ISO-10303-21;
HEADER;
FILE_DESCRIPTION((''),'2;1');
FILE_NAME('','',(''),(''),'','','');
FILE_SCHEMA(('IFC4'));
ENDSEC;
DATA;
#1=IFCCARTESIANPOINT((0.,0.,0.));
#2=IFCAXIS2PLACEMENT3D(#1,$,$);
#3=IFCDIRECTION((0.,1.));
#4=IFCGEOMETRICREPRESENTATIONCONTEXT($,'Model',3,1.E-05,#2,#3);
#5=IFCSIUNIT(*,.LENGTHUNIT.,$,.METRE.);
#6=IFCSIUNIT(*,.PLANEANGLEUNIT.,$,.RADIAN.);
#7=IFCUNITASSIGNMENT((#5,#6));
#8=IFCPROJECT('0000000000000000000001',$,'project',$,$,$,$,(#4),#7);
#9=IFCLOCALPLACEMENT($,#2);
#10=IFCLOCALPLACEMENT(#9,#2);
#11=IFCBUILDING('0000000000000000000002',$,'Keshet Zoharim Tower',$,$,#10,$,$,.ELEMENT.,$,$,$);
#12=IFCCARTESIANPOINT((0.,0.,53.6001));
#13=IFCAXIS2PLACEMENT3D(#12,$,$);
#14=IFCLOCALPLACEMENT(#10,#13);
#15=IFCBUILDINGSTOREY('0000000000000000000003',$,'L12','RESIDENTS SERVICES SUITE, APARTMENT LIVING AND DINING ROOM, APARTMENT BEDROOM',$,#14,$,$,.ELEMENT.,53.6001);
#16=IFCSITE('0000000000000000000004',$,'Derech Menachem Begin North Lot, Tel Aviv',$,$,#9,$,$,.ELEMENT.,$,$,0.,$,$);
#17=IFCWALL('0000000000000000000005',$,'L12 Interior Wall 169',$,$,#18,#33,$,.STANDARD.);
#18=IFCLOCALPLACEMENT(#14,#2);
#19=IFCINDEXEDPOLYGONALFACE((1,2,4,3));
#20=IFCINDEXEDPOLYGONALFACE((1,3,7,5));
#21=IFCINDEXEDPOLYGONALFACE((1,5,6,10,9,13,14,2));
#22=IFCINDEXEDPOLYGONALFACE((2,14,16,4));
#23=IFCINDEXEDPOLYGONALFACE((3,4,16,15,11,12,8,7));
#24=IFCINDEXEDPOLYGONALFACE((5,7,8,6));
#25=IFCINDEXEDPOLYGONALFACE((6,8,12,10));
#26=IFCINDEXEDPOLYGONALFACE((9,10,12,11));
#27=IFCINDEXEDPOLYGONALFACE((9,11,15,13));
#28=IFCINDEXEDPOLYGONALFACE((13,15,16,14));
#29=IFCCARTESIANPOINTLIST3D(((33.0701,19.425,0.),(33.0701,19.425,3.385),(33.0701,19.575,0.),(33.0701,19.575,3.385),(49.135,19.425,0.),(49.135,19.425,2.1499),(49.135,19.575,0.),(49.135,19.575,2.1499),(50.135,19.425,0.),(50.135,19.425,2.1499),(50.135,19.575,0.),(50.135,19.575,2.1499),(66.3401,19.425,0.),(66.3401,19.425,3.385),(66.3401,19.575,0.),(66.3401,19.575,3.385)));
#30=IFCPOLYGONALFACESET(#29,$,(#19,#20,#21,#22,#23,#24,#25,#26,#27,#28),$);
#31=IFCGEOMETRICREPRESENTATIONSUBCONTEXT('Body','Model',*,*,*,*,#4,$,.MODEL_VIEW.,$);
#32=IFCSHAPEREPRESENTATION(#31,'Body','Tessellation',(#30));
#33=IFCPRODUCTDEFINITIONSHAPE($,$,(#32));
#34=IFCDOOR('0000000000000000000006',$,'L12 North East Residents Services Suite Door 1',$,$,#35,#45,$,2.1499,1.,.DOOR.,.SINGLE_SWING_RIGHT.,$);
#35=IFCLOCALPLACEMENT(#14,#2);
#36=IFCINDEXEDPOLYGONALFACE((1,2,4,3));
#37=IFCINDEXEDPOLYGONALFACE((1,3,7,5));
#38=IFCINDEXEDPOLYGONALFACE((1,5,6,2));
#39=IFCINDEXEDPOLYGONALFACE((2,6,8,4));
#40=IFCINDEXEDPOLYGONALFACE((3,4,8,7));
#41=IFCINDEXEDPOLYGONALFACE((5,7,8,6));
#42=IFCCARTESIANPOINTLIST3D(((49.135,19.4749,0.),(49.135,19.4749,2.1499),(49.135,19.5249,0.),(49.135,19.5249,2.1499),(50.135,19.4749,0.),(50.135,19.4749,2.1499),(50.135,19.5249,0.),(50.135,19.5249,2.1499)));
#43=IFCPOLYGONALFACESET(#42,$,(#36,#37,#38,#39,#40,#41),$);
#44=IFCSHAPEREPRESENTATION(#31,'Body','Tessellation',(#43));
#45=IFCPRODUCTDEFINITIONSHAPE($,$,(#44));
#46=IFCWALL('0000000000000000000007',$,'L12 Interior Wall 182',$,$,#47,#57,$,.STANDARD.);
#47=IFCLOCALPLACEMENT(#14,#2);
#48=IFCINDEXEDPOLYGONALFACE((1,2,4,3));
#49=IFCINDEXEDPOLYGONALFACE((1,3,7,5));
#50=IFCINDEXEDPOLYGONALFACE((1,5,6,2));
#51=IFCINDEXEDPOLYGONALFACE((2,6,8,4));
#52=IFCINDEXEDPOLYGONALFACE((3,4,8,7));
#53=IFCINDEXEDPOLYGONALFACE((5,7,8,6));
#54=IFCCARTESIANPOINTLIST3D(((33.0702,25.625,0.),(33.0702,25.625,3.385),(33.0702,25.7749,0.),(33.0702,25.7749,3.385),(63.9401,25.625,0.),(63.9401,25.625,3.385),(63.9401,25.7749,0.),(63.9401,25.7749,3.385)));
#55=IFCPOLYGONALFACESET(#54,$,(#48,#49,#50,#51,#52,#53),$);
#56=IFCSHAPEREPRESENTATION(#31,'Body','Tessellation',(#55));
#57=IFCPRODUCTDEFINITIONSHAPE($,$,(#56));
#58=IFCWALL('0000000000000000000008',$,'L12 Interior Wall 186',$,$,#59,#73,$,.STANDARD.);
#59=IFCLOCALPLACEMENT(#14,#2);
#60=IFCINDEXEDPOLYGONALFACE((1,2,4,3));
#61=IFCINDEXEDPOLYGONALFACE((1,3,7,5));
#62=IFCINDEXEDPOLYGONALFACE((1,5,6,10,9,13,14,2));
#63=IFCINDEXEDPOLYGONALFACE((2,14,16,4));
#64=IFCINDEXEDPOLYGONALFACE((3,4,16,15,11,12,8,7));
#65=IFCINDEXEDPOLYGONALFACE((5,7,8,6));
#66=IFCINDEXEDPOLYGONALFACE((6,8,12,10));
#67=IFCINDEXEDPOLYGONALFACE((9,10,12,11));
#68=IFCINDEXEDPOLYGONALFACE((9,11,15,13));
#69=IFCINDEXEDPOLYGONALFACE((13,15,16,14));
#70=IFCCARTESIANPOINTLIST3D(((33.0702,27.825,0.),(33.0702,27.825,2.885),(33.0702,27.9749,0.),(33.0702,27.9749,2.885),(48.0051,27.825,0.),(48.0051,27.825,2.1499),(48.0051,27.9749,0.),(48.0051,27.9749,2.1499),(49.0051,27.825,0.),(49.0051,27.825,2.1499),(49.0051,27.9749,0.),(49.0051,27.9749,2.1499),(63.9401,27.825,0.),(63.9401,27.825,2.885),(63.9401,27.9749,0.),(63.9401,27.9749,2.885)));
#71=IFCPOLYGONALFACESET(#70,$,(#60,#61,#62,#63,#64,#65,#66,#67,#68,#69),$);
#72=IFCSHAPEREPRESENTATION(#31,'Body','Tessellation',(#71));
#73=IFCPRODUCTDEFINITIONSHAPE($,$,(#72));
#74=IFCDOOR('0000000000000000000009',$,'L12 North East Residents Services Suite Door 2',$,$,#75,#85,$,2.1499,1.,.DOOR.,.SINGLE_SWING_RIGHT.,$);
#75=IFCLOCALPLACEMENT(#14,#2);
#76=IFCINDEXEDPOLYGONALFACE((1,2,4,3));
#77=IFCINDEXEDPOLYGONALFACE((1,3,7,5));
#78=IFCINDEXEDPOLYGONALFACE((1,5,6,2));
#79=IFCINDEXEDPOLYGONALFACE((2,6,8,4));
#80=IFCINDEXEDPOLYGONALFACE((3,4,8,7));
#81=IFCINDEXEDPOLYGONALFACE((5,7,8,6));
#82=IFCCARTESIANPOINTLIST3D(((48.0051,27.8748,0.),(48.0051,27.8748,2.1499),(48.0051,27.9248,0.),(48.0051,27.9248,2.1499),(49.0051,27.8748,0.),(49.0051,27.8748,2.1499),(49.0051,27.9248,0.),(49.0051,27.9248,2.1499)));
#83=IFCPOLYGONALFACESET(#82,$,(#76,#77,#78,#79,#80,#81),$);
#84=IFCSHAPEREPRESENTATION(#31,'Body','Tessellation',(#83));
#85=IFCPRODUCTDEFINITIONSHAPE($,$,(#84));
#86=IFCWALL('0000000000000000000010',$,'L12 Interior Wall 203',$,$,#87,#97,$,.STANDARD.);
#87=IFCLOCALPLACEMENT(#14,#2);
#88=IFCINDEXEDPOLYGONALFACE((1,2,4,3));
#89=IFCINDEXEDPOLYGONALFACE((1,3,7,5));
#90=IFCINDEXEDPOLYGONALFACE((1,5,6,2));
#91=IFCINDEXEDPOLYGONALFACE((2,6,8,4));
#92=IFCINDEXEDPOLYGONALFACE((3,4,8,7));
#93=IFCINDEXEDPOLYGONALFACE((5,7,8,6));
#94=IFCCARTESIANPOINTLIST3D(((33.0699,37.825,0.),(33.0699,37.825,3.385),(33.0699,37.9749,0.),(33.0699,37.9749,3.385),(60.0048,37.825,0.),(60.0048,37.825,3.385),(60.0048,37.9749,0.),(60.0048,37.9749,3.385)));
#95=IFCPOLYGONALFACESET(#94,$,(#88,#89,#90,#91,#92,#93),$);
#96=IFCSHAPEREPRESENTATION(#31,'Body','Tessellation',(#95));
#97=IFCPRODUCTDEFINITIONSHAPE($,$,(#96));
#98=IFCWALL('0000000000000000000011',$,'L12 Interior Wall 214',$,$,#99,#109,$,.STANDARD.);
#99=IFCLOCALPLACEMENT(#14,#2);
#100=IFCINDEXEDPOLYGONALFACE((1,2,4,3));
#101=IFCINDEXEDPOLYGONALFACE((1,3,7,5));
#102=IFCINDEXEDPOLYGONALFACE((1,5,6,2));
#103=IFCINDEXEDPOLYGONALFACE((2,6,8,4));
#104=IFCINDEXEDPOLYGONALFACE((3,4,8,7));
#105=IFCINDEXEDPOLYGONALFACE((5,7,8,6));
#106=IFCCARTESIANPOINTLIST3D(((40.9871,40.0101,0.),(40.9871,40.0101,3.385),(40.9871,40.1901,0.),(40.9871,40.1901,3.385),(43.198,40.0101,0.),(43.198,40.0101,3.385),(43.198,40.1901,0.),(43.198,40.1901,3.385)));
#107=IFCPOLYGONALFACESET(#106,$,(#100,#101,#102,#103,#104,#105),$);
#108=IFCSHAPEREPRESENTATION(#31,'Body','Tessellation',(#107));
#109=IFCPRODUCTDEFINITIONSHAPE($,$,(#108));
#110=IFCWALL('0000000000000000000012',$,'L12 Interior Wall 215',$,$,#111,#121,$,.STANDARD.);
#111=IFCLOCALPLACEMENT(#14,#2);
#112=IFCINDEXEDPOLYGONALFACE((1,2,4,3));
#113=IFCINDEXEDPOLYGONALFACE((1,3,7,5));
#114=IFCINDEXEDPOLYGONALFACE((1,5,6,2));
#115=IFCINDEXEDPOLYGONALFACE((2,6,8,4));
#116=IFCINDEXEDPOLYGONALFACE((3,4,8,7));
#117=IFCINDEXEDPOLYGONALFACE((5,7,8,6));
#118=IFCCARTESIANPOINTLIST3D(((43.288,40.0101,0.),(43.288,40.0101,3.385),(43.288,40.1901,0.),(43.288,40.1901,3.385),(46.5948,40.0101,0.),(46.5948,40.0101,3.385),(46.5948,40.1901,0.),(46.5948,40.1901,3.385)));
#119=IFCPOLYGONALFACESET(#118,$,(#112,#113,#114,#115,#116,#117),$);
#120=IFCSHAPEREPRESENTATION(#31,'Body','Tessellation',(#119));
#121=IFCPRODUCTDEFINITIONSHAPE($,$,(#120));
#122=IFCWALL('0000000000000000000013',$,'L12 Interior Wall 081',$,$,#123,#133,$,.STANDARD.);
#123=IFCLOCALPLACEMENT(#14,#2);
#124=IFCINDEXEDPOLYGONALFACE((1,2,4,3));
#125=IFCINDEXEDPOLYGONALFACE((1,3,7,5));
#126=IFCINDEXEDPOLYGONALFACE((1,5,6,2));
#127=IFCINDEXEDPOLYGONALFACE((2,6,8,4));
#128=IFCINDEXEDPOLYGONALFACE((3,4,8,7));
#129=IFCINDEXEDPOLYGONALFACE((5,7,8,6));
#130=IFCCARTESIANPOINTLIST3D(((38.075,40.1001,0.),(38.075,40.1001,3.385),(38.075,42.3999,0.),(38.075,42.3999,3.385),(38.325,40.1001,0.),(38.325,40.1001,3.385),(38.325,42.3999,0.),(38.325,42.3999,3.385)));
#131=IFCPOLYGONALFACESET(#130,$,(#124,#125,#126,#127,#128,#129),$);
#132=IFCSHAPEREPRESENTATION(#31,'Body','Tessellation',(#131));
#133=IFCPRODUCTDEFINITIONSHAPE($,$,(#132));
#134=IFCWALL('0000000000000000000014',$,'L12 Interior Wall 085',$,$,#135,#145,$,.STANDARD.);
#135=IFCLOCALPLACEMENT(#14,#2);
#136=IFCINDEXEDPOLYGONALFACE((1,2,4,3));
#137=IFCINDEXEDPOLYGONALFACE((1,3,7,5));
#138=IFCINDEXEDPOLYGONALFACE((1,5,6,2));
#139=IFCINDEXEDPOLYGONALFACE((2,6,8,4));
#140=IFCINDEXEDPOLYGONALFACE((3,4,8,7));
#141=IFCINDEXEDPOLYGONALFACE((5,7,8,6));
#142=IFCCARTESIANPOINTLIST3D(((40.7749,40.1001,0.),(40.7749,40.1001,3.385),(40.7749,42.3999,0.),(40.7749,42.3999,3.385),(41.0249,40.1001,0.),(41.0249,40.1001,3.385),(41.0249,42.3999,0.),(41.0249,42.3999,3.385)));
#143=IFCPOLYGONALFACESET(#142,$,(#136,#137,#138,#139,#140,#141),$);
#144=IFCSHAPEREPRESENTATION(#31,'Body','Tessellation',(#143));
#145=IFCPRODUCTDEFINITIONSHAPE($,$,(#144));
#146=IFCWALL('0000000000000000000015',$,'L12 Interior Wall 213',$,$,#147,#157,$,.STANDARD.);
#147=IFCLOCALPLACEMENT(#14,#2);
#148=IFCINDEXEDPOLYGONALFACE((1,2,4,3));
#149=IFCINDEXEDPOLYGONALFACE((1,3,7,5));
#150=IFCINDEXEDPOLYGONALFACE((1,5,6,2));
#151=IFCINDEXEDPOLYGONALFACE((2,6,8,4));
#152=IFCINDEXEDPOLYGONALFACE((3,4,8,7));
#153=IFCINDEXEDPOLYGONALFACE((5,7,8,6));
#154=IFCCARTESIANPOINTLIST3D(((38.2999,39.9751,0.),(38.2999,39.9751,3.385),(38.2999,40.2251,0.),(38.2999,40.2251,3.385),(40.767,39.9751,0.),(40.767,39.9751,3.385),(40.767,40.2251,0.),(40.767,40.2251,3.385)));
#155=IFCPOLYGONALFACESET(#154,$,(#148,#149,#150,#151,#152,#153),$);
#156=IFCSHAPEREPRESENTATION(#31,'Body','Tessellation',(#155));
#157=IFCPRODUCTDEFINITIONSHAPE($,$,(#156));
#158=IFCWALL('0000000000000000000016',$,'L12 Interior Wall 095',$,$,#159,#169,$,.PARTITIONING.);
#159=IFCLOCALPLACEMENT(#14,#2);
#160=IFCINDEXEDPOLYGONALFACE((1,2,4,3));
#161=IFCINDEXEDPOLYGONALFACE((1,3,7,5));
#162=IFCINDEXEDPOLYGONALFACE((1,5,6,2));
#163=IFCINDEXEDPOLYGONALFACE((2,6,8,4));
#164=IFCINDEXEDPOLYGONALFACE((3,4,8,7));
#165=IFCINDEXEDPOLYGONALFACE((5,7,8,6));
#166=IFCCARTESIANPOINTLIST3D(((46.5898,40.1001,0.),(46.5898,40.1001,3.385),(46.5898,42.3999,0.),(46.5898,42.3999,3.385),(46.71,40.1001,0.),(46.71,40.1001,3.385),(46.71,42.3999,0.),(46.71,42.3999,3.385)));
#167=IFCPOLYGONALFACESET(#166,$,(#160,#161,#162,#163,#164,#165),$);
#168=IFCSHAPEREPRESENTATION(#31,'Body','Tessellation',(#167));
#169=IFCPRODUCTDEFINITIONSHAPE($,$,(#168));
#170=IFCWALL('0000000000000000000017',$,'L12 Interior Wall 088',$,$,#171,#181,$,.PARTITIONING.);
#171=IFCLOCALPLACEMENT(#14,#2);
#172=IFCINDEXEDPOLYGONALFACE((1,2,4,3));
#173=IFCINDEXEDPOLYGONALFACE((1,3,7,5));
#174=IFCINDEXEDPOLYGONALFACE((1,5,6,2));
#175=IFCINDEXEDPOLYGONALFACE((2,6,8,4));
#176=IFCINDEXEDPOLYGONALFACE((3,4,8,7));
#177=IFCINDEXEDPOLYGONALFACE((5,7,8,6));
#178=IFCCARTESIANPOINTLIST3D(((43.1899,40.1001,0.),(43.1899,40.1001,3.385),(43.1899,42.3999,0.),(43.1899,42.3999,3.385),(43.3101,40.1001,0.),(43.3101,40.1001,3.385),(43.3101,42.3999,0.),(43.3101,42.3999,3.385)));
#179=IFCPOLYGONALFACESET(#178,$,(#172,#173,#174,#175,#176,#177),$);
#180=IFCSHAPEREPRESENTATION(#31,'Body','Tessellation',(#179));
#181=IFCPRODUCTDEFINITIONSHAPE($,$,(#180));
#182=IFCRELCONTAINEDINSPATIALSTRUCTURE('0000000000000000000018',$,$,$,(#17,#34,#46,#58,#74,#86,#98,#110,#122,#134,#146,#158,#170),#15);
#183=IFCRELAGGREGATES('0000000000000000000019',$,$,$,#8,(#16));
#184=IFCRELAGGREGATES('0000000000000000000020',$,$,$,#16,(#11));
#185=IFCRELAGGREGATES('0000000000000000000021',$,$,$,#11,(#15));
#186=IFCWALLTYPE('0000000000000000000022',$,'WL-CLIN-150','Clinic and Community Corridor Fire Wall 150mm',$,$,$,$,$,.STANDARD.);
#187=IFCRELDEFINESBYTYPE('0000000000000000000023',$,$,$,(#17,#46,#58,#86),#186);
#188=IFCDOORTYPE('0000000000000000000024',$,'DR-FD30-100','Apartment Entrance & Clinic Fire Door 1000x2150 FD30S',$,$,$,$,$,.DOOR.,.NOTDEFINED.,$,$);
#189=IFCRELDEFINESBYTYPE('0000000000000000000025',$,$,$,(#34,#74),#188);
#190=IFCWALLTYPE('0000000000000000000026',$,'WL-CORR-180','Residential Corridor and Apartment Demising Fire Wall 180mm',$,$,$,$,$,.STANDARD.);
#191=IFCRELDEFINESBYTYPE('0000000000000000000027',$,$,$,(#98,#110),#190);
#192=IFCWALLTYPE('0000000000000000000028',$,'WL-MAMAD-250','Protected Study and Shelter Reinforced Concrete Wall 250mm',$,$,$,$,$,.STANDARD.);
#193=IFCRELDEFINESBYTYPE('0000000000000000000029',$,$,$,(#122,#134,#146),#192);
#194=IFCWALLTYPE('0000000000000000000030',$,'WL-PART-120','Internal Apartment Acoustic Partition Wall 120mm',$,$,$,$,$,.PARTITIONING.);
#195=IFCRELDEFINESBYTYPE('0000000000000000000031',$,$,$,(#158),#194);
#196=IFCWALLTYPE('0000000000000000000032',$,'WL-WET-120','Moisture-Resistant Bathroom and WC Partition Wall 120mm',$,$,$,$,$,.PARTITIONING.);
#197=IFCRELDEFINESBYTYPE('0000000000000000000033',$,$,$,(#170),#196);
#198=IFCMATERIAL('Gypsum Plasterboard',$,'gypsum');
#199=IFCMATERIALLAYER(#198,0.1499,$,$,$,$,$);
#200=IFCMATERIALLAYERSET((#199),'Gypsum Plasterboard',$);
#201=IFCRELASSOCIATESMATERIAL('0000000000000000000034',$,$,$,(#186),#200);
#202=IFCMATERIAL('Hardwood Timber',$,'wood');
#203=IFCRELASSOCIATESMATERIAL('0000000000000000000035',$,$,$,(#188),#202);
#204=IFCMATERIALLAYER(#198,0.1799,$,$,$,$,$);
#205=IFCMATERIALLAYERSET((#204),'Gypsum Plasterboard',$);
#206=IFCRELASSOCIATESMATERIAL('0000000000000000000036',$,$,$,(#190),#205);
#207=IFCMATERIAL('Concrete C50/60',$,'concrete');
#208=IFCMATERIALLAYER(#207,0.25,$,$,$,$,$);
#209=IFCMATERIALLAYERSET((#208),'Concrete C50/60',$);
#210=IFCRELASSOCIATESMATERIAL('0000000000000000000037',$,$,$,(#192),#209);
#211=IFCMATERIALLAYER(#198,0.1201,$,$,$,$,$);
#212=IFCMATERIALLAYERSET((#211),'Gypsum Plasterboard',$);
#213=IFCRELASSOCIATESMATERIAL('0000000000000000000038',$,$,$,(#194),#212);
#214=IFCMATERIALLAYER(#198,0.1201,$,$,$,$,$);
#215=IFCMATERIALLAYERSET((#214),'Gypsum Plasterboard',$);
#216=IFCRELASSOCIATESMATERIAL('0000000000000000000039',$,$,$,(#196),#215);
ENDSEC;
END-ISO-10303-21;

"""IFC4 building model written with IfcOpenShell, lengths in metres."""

from ifc_helpers import new_model, si_unit, direction, frame, frame_2d, origin, place, context, subcontext, project, spatial, rectangle, extrude, material, layer, layer_set, type_object, element, fill, save


model = new_model("IFC4")

# Units and contexts
model_context = context("Model", 3, precision=1e-05, world=origin(), true_north=direction((0.0, 1.0)))
body_context = subcontext(model_context, "Body", "Model", "MODEL_VIEW")
ifc_project = project(units=[si_unit("LENGTHUNIT", "METRE"), si_unit("PLANEANGLEUNIT", "RADIAN")], contexts=[model_context])

# Site, building, storey
site_placement = place(None, origin())
site = spatial("IfcSite", under=ifc_project, at=site_placement, Name="Derech Menachem Begin North Lot, Tel Aviv", CompositionType="ELEMENT", RefElevation=0.0)
building_placement = place(site_placement, origin())
building = spatial("IfcBuilding", under=site, at=building_placement, Name="Keshet Zoharim Tower", CompositionType="ELEMENT")
storey_placement = place(building_placement, frame((0.0, 0.0, 53.6001)))
storey = spatial("IfcBuildingStorey", under=building, at=storey_placement, Name="L12", Description="RESIDENTS SERVICES SUITE, APARTMENT LIVING AND DINING ROOM, APARTMENT BEDROOM", CompositionType="ELEMENT", Elevation=53.6001)

# Shared definitions
ifc_material_1 = material(Name="Gypsum Plasterboard", Category="gypsum")
ifc_layer_1 = layer(ifc_material_1, 0.1499)
ifc_layer_set_1 = layer_set([ifc_layer_1], Name="Gypsum Plasterboard")
wall_type_1 = type_object("IfcWallType", Name="WL-CLIN-150", Description="Clinic and Community Corridor Fire Wall 150mm", PredefinedType="STANDARD", material=ifc_layer_set_1)

# Wall, opening, door
wall_1_placement = place(storey_placement, frame((33.0701, 19.5, 0.0), z_axis=(0.0, 0.0, 1.0), x_axis=(1.0, 0.0, 0.0)))
wall_1 = element("IfcWall", 1, at=wall_1_placement, inside=storey, type_object=wall_type_1, Name="L12 Interior Wall 169", PredefinedType="STANDARD", context=body_context, shape_type="SweptSolid", body=[
    extrude(rectangle(XDim=33.27, YDim=0.1499, at=frame_2d((16.635, 0.0))), origin(), (0.0, 0.0, 1.0), 3.385),
])
opening_1_placement = place(wall_1_placement, frame((16.0649, 0.0, 0.0)))
opening_1 = element("IfcOpeningElement", 2, at=opening_1_placement, cuts=wall_1, PredefinedType="OPENING", context=body_context, shape_type="SweptSolid", body=[
    extrude(rectangle(XDim=1.0, YDim=2.1499, at=frame_2d((0.5, 1.075))), frame((0.0, 0.085, 0.0), z_axis=(0.0, -1.0, 0.0), x_axis=(1.0, 0.0, 0.0)), (0.0, 0.0, 1.0), 0.1699),
])
ifc_material_2 = material(Name="Hardwood Timber", Category="wood")
door_type = type_object("IfcDoorType", Name="DR-FD30-100", Description="Apartment Entrance & Clinic Fire Door 1000x2150 FD30S", OperationType="NOTDEFINED", PredefinedType="DOOR", material=ifc_material_2)
door_1_placement = place(opening_1_placement, origin())
door_1 = element("IfcDoor", 3, at=door_1_placement, inside=storey, type_object=door_type, Name="L12 North East Residents Services Suite Door 1", OperationType="SINGLE_SWING_RIGHT", OverallHeight=2.1499, OverallWidth=1.0, PredefinedType="DOOR", context=body_context, shape_type="SweptSolid", body=[
    extrude(rectangle(XDim=1.0, YDim=2.1499, at=frame_2d((0.5, 1.075))), frame((0.0, 0.0249, 0.0), z_axis=(0.0, -1.0, 0.0), x_axis=(1.0, 0.0, 0.0)), (0.0, 0.0, 1.0), 0.05),
])
fill(opening_1, door_1)

# Wall
wall_2_placement = place(storey_placement, frame((33.0701, 25.7, 0.0), z_axis=(0.0, 0.0, 1.0), x_axis=(1.0, 0.0, 0.0)))
element("IfcWall", 4, at=wall_2_placement, inside=storey, type_object=wall_type_1, Name="L12 Interior Wall 182", PredefinedType="STANDARD", context=body_context, shape_type="SweptSolid", body=[
    extrude(rectangle(XDim=30.8699, YDim=0.1499, at=frame_2d((15.4351, 0.0))), origin(), (0.0, 0.0, 1.0), 3.385),
])

# Wall, opening, door
wall_3_placement = place(storey_placement, frame((33.0701, 27.8999, 0.0), z_axis=(0.0, 0.0, 1.0), x_axis=(1.0, 0.0, 0.0)))
wall_3 = element("IfcWall", 5, at=wall_3_placement, inside=storey, type_object=wall_type_1, Name="L12 Interior Wall 186", PredefinedType="STANDARD", context=body_context, shape_type="SweptSolid", body=[
    extrude(rectangle(XDim=30.8699, YDim=0.1499, at=frame_2d((15.4351, 0.0))), origin(), (0.0, 0.0, 1.0), 2.885),
])
opening_2_placement = place(wall_3_placement, frame((14.9351, 0.0, 0.0)))
opening_2 = element("IfcOpeningElement", 6, at=opening_2_placement, cuts=wall_3, PredefinedType="OPENING", context=body_context, shape_type="SweptSolid", body=[
    extrude(rectangle(XDim=1.0, YDim=2.1499, at=frame_2d((0.5, 1.075))), frame((0.0, 0.085, 0.0), z_axis=(0.0, -1.0, 0.0), x_axis=(1.0, 0.0, 0.0)), (0.0, 0.0, 1.0), 0.1699),
])
door_2_placement = place(opening_2_placement, origin())
door_2 = element("IfcDoor", 7, at=door_2_placement, inside=storey, type_object=door_type, Name="L12 North East Residents Services Suite Door 2", OperationType="SINGLE_SWING_RIGHT", OverallHeight=2.1499, OverallWidth=1.0, PredefinedType="DOOR", context=body_context, shape_type="SweptSolid", body=[
    extrude(rectangle(XDim=1.0, YDim=2.1499, at=frame_2d((0.5, 1.075))), frame((0.0, 0.0249, 0.0), z_axis=(0.0, -1.0, 0.0), x_axis=(1.0, 0.0, 0.0)), (0.0, 0.0, 1.0), 0.05),
])
fill(opening_2, door_2)

# Walls
wall_4_placement = place(storey_placement, frame((33.0701, 37.8999, 0.0), z_axis=(0.0, 0.0, 1.0), x_axis=(1.0, 0.0, 0.0)))
element("IfcWall", 8, at=wall_4_placement, inside=storey, type_object=wall_type_1, Name="L12 Interior Wall 203", PredefinedType="STANDARD", context=body_context, shape_type="SweptSolid", body=[
    extrude(rectangle(XDim=26.9348, YDim=0.1499, at=frame_2d((13.4673, 0.0))), origin(), (0.0, 0.0, 1.0), 3.385),
])
ifc_layer_2 = layer(ifc_material_1, 0.1799)
ifc_layer_set_2 = layer_set([ifc_layer_2], Name="Gypsum Plasterboard")
wall_type_2 = type_object("IfcWallType", Name="WL-CORR-180", Description="Residential Corridor and Apartment Demising Fire Wall 180mm", PredefinedType="STANDARD", material=ifc_layer_set_2)
wall_5_placement = place(storey_placement, frame((40.9871, 40.1001, 0.0), z_axis=(0.0, 0.0, 1.0), x_axis=(1.0, 0.0, 0.0)))
element("IfcWall", 9, at=wall_5_placement, inside=storey, type_object=wall_type_2, Name="L12 Interior Wall 214", PredefinedType="STANDARD", context=body_context, shape_type="SweptSolid", body=[
    extrude(rectangle(XDim=2.2109, YDim=0.1799, at=frame_2d((1.1055, 0.0))), origin(), (0.0, 0.0, 1.0), 3.385),
])
wall_6_placement = place(storey_placement, frame((43.2881, 40.1001, 0.0), z_axis=(0.0, 0.0, 1.0), x_axis=(1.0, 0.0, 0.0)))
element("IfcWall", 10, at=wall_6_placement, inside=storey, type_object=wall_type_2, Name="L12 Interior Wall 215", PredefinedType="STANDARD", context=body_context, shape_type="SweptSolid", body=[
    extrude(rectangle(XDim=3.3069, YDim=0.1799, at=frame_2d((1.6533, 0.0))), origin(), (0.0, 0.0, 1.0), 3.385),
])
ifc_material_3 = material(Name="Concrete C50/60", Category="concrete")
ifc_layer_3 = layer(ifc_material_3, 0.25)
ifc_layer_set_3 = layer_set([ifc_layer_3], Name="Concrete C50/60")
wall_type_3 = type_object("IfcWallType", Name="WL-MAMAD-250", Description="Protected Study and Shelter Reinforced Concrete Wall 250mm", PredefinedType="STANDARD", material=ifc_layer_set_3)
for number, where, z_axis, x_axis, name in (
    (11, (38.2, 40.1001, 0.0), (0.0, 0.0, 1.0), (0.0, 1.0, 0.0), "L12 Interior Wall 081"),
    (12, (40.8999, 40.1001, 0.0), (0.0, 0.0, 1.0), (0.0, 1.0, 0.0), "L12 Interior Wall 085"),
):
    element("IfcWall", number, at=place(storey_placement, frame(where, z_axis=z_axis, x_axis=x_axis)), inside=storey, type_object=wall_type_3, Name=name, PredefinedType="STANDARD", context=body_context, shape_type="SweptSolid", body=[
        extrude(rectangle(XDim=2.2998, YDim=0.25, at=frame_2d((1.1499, 0.0))), origin(), (0.0, 0.0, 1.0), 3.385),
    ])
wall_7_placement = place(storey_placement, frame((38.3, 40.1001, 0.0), z_axis=(0.0, 0.0, 1.0), x_axis=(1.0, 0.0, 0.0)))
element("IfcWall", 13, at=wall_7_placement, inside=storey, type_object=wall_type_3, Name="L12 Interior Wall 213", PredefinedType="STANDARD", context=body_context, shape_type="SweptSolid", body=[
    extrude(rectangle(XDim=2.467, YDim=0.25, at=frame_2d((1.2334, 0.0))), origin(), (0.0, 0.0, 1.0), 3.385),
])
ifc_layer_4 = layer(ifc_material_1, 0.1201)
ifc_layer_set_4 = layer_set([ifc_layer_4], Name="Gypsum Plasterboard")
wall_type_4 = type_object("IfcWallType", Name="WL-PART-120", Description="Internal Apartment Acoustic Partition Wall 120mm", PredefinedType="PARTITIONING", material=ifc_layer_set_4)
wall_8_placement = place(storey_placement, frame((46.6499, 40.1001, 0.0), z_axis=(0.0, 0.0, 1.0), x_axis=(0.0, 1.0, 0.0)))
element("IfcWall", 14, at=wall_8_placement, inside=storey, type_object=wall_type_4, Name="L12 Interior Wall 095", PredefinedType="PARTITIONING", context=body_context, shape_type="SweptSolid", body=[
    extrude(rectangle(XDim=2.2998, YDim=0.1201, at=frame_2d((1.1499, 0.0))), origin(), (0.0, 0.0, 1.0), 3.385),
])
ifc_layer_5 = layer(ifc_material_1, 0.1201)
ifc_layer_set_5 = layer_set([ifc_layer_5], Name="Gypsum Plasterboard")
wall_type_5 = type_object("IfcWallType", Name="WL-WET-120", Description="Moisture-Resistant Bathroom and WC Partition Wall 120mm", PredefinedType="PARTITIONING", material=ifc_layer_set_5)
wall_9_placement = place(storey_placement, frame((43.25, 40.1001, 0.0), z_axis=(0.0, 0.0, 1.0), x_axis=(0.0, 1.0, 0.0)))
element("IfcWall", 15, at=wall_9_placement, inside=storey, type_object=wall_type_5, Name="L12 Interior Wall 088", PredefinedType="PARTITIONING", context=body_context, shape_type="SweptSolid", body=[
    extrude(rectangle(XDim=2.2998, YDim=0.1201, at=frame_2d((1.1499, 0.0))), origin(), (0.0, 0.0, 1.0), 3.385),
])

save(model, "model.ifc")
